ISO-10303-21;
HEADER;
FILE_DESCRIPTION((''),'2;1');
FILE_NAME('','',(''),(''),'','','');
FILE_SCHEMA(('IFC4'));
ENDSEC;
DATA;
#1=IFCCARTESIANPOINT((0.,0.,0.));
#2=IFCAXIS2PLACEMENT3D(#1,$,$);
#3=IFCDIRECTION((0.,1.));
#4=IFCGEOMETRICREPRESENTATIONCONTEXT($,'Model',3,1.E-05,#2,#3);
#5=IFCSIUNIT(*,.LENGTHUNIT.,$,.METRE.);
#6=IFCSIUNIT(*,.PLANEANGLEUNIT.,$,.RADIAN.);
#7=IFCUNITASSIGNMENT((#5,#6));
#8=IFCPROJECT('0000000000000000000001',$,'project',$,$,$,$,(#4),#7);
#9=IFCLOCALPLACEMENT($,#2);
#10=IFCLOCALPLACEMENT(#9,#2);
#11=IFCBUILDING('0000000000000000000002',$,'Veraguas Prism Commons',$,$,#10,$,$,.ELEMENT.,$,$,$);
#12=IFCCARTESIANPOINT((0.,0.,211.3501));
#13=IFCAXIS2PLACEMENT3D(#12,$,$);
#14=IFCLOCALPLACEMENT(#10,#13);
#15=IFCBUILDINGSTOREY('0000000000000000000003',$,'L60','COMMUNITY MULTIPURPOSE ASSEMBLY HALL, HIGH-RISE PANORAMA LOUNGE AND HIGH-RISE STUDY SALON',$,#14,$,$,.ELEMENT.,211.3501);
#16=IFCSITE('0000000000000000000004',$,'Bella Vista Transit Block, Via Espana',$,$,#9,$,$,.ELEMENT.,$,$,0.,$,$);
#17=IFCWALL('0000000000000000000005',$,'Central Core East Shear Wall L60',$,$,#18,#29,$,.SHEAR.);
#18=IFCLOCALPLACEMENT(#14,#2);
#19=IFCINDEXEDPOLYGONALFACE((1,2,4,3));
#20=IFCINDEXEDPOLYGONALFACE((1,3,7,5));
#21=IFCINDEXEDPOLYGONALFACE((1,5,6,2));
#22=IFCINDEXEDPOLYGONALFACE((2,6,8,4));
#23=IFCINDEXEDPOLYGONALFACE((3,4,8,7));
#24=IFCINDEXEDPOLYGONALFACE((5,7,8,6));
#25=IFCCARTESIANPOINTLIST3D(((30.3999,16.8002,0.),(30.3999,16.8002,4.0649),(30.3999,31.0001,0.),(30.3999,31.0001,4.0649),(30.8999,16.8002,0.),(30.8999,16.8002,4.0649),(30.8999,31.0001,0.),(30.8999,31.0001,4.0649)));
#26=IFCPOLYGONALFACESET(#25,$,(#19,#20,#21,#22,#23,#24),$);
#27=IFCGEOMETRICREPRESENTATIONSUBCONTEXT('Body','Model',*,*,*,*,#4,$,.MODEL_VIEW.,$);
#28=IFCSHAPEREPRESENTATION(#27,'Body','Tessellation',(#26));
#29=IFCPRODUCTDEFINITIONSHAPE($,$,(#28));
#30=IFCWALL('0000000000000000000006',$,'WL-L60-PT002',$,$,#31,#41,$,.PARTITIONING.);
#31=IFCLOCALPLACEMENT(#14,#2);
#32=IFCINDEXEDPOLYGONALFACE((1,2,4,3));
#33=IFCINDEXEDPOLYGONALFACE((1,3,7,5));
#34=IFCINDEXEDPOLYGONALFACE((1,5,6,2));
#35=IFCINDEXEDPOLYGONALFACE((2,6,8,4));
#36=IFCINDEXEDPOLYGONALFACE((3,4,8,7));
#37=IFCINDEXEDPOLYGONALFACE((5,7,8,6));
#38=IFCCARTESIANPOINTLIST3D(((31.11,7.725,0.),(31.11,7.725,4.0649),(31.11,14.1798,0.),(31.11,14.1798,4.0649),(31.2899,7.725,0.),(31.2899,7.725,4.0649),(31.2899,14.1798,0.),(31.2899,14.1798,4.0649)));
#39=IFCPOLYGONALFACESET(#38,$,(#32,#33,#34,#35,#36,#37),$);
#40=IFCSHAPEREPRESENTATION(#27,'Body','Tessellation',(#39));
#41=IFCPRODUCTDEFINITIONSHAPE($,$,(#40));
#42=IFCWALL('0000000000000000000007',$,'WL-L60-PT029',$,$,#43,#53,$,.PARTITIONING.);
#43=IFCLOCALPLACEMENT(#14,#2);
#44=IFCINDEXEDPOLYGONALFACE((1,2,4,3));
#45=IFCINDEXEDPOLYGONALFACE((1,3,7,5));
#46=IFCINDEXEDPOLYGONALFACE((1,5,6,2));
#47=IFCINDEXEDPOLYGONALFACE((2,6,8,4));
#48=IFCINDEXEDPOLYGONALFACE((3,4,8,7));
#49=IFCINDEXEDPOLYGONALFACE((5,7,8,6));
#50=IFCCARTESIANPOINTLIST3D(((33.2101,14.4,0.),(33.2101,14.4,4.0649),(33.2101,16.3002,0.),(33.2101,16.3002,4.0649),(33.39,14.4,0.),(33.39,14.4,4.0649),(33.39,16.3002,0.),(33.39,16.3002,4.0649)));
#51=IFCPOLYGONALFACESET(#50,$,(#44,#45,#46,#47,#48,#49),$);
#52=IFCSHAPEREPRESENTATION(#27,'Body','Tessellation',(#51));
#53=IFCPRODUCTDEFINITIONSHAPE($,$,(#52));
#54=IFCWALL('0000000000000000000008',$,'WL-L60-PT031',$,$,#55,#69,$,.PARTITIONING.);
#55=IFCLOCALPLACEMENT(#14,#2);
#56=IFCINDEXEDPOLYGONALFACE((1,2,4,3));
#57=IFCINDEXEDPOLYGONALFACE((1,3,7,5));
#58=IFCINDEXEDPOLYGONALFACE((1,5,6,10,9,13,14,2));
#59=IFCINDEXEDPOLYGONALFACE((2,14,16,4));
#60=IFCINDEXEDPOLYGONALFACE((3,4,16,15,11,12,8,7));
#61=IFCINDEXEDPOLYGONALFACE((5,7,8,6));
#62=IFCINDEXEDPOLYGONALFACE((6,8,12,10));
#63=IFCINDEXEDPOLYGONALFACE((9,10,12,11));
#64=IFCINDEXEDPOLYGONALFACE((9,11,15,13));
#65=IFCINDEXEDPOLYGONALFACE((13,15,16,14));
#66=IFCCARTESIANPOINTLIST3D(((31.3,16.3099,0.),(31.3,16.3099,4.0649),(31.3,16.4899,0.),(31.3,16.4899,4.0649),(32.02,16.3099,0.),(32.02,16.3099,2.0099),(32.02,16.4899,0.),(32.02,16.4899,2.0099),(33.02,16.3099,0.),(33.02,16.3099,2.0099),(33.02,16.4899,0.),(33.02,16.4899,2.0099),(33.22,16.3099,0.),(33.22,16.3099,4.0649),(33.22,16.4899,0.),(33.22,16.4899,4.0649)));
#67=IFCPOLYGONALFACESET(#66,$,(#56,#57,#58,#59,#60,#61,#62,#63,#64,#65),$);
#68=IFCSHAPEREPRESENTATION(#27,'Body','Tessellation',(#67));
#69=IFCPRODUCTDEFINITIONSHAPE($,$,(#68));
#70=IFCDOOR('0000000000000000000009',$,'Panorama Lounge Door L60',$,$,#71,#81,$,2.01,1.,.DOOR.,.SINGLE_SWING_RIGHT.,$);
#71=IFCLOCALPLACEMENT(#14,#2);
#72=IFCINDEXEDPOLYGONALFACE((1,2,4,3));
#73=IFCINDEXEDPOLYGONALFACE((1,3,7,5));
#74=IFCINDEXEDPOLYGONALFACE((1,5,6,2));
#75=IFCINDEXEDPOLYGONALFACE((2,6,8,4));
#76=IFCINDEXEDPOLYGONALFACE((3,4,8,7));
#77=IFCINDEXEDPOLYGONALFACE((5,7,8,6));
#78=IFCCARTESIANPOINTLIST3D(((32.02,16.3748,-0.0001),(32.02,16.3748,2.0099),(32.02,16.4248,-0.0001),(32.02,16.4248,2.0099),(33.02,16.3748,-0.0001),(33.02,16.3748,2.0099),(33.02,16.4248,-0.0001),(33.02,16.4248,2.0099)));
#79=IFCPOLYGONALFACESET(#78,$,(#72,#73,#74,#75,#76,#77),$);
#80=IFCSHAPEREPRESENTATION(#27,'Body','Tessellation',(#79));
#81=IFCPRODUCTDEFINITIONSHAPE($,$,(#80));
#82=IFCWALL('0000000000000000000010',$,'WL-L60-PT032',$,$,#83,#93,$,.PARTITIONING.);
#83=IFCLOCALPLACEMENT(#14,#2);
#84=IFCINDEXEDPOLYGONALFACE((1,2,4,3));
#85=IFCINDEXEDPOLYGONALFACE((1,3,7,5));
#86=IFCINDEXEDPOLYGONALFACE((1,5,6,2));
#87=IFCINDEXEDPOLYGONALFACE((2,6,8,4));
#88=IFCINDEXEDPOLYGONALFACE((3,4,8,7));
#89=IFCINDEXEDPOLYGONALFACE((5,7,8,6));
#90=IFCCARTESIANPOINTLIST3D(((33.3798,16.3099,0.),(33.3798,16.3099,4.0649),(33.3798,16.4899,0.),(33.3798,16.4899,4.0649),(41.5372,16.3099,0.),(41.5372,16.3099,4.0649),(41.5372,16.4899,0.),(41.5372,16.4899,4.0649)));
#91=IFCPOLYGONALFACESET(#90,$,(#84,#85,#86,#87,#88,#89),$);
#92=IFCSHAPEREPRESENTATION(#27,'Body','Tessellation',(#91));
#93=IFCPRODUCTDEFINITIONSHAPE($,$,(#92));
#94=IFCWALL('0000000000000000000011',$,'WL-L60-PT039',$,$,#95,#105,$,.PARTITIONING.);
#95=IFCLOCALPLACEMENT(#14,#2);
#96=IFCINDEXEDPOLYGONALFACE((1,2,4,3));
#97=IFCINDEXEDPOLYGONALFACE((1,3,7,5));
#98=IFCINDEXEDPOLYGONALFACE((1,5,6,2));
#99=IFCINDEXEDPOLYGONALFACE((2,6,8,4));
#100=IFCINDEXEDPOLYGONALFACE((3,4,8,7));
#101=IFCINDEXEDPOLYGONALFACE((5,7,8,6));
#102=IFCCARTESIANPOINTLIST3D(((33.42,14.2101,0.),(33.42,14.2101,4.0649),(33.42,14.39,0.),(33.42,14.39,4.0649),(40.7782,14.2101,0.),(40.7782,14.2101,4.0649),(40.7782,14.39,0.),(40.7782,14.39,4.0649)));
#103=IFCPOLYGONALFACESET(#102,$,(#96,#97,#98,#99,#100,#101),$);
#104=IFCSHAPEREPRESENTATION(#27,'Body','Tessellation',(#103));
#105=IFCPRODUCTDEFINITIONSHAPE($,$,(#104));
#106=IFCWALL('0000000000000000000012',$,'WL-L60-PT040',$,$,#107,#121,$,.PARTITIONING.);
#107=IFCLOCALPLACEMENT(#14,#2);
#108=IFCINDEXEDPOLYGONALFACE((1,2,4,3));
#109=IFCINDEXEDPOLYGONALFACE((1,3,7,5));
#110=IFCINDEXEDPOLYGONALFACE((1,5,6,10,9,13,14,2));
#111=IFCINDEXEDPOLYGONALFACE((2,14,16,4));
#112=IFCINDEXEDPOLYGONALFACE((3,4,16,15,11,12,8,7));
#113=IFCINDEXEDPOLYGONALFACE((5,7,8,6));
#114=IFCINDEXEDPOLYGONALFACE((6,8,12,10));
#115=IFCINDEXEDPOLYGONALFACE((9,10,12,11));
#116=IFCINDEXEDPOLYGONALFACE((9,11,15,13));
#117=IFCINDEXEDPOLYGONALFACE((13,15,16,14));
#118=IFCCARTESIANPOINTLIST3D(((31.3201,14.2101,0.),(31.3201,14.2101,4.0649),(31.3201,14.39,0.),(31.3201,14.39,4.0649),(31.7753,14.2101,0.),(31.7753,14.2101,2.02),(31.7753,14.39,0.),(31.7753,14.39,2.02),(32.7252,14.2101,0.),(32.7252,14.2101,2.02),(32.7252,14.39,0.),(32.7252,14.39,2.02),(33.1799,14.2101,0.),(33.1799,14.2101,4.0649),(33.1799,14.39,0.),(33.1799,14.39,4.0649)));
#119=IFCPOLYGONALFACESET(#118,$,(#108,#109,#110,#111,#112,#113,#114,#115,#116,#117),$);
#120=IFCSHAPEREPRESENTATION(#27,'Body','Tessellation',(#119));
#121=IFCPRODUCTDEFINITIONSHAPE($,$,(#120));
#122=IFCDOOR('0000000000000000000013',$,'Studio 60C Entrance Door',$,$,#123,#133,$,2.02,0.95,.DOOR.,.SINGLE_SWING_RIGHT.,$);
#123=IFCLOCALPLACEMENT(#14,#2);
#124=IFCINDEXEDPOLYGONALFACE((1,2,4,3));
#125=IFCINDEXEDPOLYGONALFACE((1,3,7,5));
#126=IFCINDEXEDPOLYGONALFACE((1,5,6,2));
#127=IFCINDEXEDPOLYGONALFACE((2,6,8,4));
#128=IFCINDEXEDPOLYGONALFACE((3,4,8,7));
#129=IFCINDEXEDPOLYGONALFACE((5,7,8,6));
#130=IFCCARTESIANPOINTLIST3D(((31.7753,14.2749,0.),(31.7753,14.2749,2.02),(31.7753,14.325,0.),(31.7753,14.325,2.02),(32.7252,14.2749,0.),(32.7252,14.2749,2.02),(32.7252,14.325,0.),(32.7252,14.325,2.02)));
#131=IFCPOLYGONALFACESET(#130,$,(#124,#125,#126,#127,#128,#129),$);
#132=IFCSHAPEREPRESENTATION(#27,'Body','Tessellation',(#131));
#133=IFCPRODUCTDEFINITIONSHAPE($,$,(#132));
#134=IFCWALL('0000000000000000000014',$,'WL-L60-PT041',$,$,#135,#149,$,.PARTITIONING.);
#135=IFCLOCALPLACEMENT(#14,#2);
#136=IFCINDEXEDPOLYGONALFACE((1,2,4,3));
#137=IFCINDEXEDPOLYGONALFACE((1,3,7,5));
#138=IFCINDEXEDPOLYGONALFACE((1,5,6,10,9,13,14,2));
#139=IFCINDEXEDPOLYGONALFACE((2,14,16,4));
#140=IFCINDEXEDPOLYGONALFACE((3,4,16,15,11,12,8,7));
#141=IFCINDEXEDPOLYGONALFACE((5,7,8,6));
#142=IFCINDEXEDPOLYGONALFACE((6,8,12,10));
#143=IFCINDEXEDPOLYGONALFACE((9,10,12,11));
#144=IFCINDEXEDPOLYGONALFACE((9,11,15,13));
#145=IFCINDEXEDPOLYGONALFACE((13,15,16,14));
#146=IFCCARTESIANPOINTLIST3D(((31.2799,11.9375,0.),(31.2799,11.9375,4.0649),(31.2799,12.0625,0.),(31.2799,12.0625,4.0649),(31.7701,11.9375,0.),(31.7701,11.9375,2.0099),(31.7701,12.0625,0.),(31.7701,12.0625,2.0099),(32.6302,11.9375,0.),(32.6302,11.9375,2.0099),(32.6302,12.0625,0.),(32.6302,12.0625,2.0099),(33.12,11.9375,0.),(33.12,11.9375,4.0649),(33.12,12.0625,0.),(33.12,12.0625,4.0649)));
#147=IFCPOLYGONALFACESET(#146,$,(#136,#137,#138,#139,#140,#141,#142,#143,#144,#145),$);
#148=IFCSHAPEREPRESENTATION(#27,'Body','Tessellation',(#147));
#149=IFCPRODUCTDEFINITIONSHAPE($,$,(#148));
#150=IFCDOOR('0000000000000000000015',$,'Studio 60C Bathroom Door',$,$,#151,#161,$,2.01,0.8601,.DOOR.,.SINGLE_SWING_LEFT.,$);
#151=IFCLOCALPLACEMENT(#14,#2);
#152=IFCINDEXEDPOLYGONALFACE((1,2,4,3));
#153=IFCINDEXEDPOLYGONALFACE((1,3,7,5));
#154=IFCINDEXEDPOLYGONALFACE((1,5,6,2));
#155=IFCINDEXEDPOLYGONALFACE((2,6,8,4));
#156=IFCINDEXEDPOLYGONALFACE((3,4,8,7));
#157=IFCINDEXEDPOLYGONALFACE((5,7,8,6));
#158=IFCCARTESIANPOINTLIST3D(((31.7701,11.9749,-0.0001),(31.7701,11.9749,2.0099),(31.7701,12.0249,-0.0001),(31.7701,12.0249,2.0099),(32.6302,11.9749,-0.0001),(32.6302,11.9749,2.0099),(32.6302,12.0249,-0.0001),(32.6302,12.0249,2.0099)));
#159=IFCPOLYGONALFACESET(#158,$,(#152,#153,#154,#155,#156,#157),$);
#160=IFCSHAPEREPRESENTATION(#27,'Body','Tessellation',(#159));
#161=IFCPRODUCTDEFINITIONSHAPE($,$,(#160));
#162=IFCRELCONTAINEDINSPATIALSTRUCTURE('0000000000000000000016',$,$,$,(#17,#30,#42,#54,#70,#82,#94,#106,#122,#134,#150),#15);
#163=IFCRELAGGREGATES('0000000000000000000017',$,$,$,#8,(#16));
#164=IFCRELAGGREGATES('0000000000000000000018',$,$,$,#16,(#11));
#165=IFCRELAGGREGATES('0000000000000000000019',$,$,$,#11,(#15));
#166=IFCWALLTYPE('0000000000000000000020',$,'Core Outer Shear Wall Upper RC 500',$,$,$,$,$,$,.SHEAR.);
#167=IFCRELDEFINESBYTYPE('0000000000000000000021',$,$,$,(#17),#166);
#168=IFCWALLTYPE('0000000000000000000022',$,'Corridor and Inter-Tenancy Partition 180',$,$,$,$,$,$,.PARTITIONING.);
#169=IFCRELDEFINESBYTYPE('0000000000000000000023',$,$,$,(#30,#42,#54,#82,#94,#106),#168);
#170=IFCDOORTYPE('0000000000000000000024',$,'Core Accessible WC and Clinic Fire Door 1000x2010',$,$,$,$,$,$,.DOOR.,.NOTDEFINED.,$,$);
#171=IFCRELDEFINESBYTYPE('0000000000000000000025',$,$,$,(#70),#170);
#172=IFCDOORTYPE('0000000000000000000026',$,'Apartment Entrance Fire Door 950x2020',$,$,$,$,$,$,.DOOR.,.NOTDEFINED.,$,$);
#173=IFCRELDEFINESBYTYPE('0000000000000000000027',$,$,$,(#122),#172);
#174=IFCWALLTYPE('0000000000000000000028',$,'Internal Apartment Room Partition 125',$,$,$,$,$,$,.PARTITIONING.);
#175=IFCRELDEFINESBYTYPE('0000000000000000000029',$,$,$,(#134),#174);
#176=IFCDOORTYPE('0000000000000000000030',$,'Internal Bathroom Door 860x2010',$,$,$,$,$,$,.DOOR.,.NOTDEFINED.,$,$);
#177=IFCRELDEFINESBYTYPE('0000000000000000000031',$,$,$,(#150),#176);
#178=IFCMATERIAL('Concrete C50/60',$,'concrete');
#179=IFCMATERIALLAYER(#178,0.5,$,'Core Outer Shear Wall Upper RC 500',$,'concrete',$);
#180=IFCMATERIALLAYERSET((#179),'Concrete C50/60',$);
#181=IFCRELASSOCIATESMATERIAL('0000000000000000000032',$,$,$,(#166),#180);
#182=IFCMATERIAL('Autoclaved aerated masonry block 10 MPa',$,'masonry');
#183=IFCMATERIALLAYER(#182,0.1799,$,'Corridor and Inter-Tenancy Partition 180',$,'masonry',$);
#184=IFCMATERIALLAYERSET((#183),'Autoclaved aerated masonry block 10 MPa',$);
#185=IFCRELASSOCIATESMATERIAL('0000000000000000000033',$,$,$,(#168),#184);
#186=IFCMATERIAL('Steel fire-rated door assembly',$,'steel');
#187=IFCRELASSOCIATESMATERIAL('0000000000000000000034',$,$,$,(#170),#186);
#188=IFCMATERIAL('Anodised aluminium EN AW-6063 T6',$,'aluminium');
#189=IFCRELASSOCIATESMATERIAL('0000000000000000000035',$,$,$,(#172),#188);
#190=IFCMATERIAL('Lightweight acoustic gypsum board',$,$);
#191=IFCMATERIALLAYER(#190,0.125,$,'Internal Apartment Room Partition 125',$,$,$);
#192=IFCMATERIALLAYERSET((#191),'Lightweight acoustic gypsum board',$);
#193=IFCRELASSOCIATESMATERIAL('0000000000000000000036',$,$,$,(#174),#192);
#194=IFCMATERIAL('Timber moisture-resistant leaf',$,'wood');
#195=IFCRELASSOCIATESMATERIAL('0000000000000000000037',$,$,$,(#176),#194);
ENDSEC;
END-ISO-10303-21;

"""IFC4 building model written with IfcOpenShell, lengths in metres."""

from ifc_helpers import new_model, si_unit, direction, frame, frame_2d, origin, place, context, subcontext, project, spatial, rectangle, extrude, source, transform, mapped, material, layer, layer_set, type_object, element, fill, save


model = new_model("IFC4")

# Units and contexts
model_context = context("Model", 3, precision=1e-05, world=origin(), true_north=direction((0.0, 1.0)))
body_context = subcontext(model_context, "Body", "Model", "MODEL_VIEW")
ifc_project = project(units=[si_unit("LENGTHUNIT", "METRE"), si_unit("PLANEANGLEUNIT", "RADIAN")], contexts=[model_context])

# Site, building, storey
site_placement = place(None, origin())
site = spatial("IfcSite", under=ifc_project, at=site_placement, Name="Bella Vista Transit Block, Via Espana", CompositionType="ELEMENT", RefElevation=0.0)
building_placement = place(site_placement, origin())
building = spatial("IfcBuilding", under=site, at=building_placement, Name="Veraguas Prism Commons", CompositionType="ELEMENT")
storey_placement = place(building_placement, frame((0.0, 0.0, 211.3501)))
storey = spatial("IfcBuildingStorey", under=building, at=storey_placement, Name="L60", Description="COMMUNITY MULTIPURPOSE ASSEMBLY HALL, HIGH-RISE PANORAMA LOUNGE AND HIGH-RISE STUDY SALON", CompositionType="ELEMENT", Elevation=211.3501)

# Shared definitions
ifc_material_1 = material(Name="Concrete C50/60", Category="concrete")

# Shared definitions
ifc_material_2 = material(Name="Anodised aluminium EN AW-6063 T6", Category="aluminium")

# Walls
ifc_layer_1 = layer(ifc_material_1, 0.5, Name="Core Outer Shear Wall Upper RC 500", Category="concrete")
ifc_layer_set_1 = layer_set([ifc_layer_1], Name="Concrete C50/60")
wall_type_1 = type_object("IfcWallType", Name="Core Outer Shear Wall Upper RC 500", PredefinedType="SHEAR", material=ifc_layer_set_1)
wall_1_placement = place(storey_placement, frame((30.6499, 16.8, 0.0), z_axis=(0.0, 0.0, 1.0), x_axis=(0.0, 1.0, 0.0)))
element("IfcWall", 1, at=wall_1_placement, inside=storey, type_object=wall_type_1, Name="Central Core East Shear Wall L60", PredefinedType="SHEAR", context=body_context, shape_type="SweptSolid", body=[
    extrude(rectangle(XDim=14.2, YDim=0.5, at=frame_2d((7.1001, 0.0))), origin(), (0.0, 0.0, 1.0), 4.0649),
])
ifc_material_3 = material(Name="Autoclaved aerated masonry block 10 MPa", Category="masonry")
ifc_layer_2 = layer(ifc_material_3, 0.1799, Name="Corridor and Inter-Tenancy Partition 180", Category="masonry")
ifc_layer_set_2 = layer_set([ifc_layer_2], Name="Autoclaved aerated masonry block 10 MPa")
wall_type_2 = type_object("IfcWallType", Name="Corridor and Inter-Tenancy Partition 180", PredefinedType="PARTITIONING", material=ifc_layer_set_2)
wall_2_placement = place(storey_placement, frame((31.2, 14.1799, 0.0), z_axis=(0.0, 0.0, 1.0), x_axis=(0.0, -1.0, 0.0)))
element("IfcWall", 2, at=wall_2_placement, inside=storey, type_object=wall_type_2, Name="WL-L60-PT002", PredefinedType="PARTITIONING", context=body_context, shape_type="SweptSolid", body=[
    extrude(rectangle(XDim=6.4548, YDim=0.1799, at=frame_2d((3.2275, 0.0))), origin(), (0.0, 0.0, 1.0), 4.0649),
])
wall_3_placement = place(storey_placement, frame((33.3, 14.3999, 0.0), z_axis=(0.0, 0.0, 1.0), x_axis=(0.0, 1.0, 0.0)))
element("IfcWall", 3, at=wall_3_placement, inside=storey, type_object=wall_type_2, Name="WL-L60-PT029", PredefinedType="PARTITIONING", context=body_context, shape_type="SweptSolid", body=[
    extrude(rectangle(XDim=1.9001, YDim=0.1799, at=frame_2d((0.9502, 0.0))), origin(), (0.0, 0.0, 1.0), 4.0649),
])

# Wall, opening, door
wall_4_placement = place(storey_placement, frame((31.3, 16.3999, 0.0), z_axis=(0.0, 0.0, 1.0), x_axis=(1.0, 0.0, 0.0)))
wall_4 = element("IfcWall", 4, at=wall_4_placement, inside=storey, type_object=wall_type_2, Name="WL-L60-PT031", PredefinedType="PARTITIONING", context=body_context, shape_type="SweptSolid", body=[
    extrude(rectangle(XDim=1.9199, YDim=0.1799, at=frame_2d((0.96, 0.0))), origin(), (0.0, 0.0, 1.0), 4.0649),
])
opening_1_placement = place(wall_4_placement, frame((0.72, 0.0, 0.0)))
opening_1 = element("IfcOpeningElement", 5, at=opening_1_placement, cuts=wall_4, PredefinedType="OPENING", context=body_context, shape_type="SweptSolid", body=[
    extrude(rectangle(XDim=1.0, YDim=2.01, at=frame_2d((0.5, 1.0049))), frame((0.0, 0.0999, 0.0), z_axis=(0.0, -1.0, 0.0), x_axis=(1.0, 0.0, 0.0)), (0.0, 0.0, 1.0), 0.2),
])
ifc_material_4 = material(Name="Steel fire-rated door assembly", Category="steel")
door_type_1 = type_object("IfcDoorType", Name="Core Accessible WC and Clinic Fire Door 1000x2010", OperationType="NOTDEFINED", PredefinedType="DOOR", material=ifc_material_4)
shared_shape_1 = source(origin(), body_context, "Body", "SweptSolid", [
    extrude(rectangle(XDim=1.0, YDim=2.01, at=frame_2d((0.5, 1.0049))), frame((0.0, 0.0249, 0.0), z_axis=(0.0, -1.0, 0.0), x_axis=(1.0, 0.0, 0.0)), (0.0, 0.0, 1.0), 0.05),
])
door_1_placement = place(opening_1_placement, origin())
door_1 = element("IfcDoor", 6, at=door_1_placement, inside=storey, type_object=door_type_1, Name="Panorama Lounge Door L60", OperationType="SINGLE_SWING_RIGHT", OverallHeight=2.01, OverallWidth=1.0, PredefinedType="DOOR", context=body_context, shape_type="MappedRepresentation", body=[
    mapped(shared_shape_1, transform((0.0, 0.0, 0.0), scale=1.0)),
])
fill(opening_1, door_1)

# Walls
wall_5_placement = place(storey_placement, frame((33.3799, 16.3999, 0.0), z_axis=(0.0, 0.0, 1.0), x_axis=(1.0, 0.0, 0.0)))
element("IfcWall", 7, at=wall_5_placement, inside=storey, type_object=wall_type_2, Name="WL-L60-PT032", PredefinedType="PARTITIONING", context=body_context, shape_type="SweptSolid", body=[
    extrude(rectangle(XDim=8.1575, YDim=0.1799, at=frame_2d((4.0786, 0.0))), origin(), (0.0, 0.0, 1.0), 4.0649),
])
wall_6_placement = place(storey_placement, frame((33.4199, 14.3, 0.0), z_axis=(0.0, 0.0, 1.0), x_axis=(1.0, 0.0, 0.0)))
element("IfcWall", 8, at=wall_6_placement, inside=storey, type_object=wall_type_2, Name="WL-L60-PT039", PredefinedType="PARTITIONING", context=body_context, shape_type="SweptSolid", body=[
    extrude(rectangle(XDim=7.3582, YDim=0.1799, at=frame_2d((3.6792, 0.0))), origin(), (0.0, 0.0, 1.0), 4.0649),
])

# Walls, openings, doors
wall_7_placement = place(storey_placement, frame((31.3201, 14.3, 0.0), z_axis=(0.0, 0.0, 1.0), x_axis=(1.0, 0.0, 0.0)))
wall_7 = element("IfcWall", 9, at=wall_7_placement, inside=storey, type_object=wall_type_2, Name="WL-L60-PT040", PredefinedType="PARTITIONING", context=body_context, shape_type="SweptSolid", body=[
    extrude(rectangle(XDim=1.8599, YDim=0.1799, at=frame_2d((0.9299, 0.0))), origin(), (0.0, 0.0, 1.0), 4.0649),
])
opening_2_placement = place(wall_7_placement, frame((0.4551, 0.0, 0.0)))
opening_2 = element("IfcOpeningElement", 10, at=opening_2_placement, cuts=wall_7, PredefinedType="OPENING", context=body_context, shape_type="SweptSolid", body=[
    extrude(rectangle(XDim=0.95, YDim=2.02, at=frame_2d((0.4751, 1.01))), frame((0.0, 0.0999, 0.0), z_axis=(0.0, -1.0, 0.0), x_axis=(1.0, 0.0, 0.0)), (0.0, 0.0, 1.0), 0.2),
])
door_type_2 = type_object("IfcDoorType", Name="Apartment Entrance Fire Door 950x2020", OperationType="NOTDEFINED", PredefinedType="DOOR", material=ifc_material_2)
shared_shape_2 = source(origin(), body_context, "Body", "SweptSolid", [
    extrude(rectangle(XDim=0.95, YDim=2.02, at=frame_2d((0.4751, 1.01))), frame((0.0, 0.0249, 0.0), z_axis=(0.0, -1.0, 0.0), x_axis=(1.0, 0.0, 0.0)), (0.0, 0.0, 1.0), 0.05),
])
door_2_placement = place(opening_2_placement, origin())
door_2 = element("IfcDoor", 11, at=door_2_placement, inside=storey, type_object=door_type_2, Name="Studio 60C Entrance Door", OperationType="SINGLE_SWING_RIGHT", OverallHeight=2.02, OverallWidth=0.95, PredefinedType="DOOR", context=body_context, shape_type="MappedRepresentation", body=[
    mapped(shared_shape_2, transform((0.0, 0.0, 0.0), scale=1.0)),
])
fill(opening_2, door_2)
ifc_material_5 = material(Name="Lightweight acoustic gypsum board")
ifc_layer_3 = layer(ifc_material_5, 0.125, Name="Internal Apartment Room Partition 125")
ifc_layer_set_3 = layer_set([ifc_layer_3], Name="Lightweight acoustic gypsum board")
wall_type_3 = type_object("IfcWallType", Name="Internal Apartment Room Partition 125", PredefinedType="PARTITIONING", material=ifc_layer_set_3)
wall_8_placement = place(storey_placement, frame((31.28, 12.0, 0.0), z_axis=(0.0, 0.0, 1.0), x_axis=(1.0, 0.0, 0.0)))
wall_8 = element("IfcWall", 12, at=wall_8_placement, inside=storey, type_object=wall_type_3, Name="WL-L60-PT041", PredefinedType="PARTITIONING", context=body_context, shape_type="SweptSolid", body=[
    extrude(rectangle(XDim=1.8401, YDim=0.125, at=frame_2d((0.9199, 0.0))), origin(), (0.0, 0.0, 1.0), 4.0649),
])
opening_3_placement = place(wall_8_placement, frame((0.49, 0.0, 0.0)))
opening_3 = element("IfcOpeningElement", 13, at=opening_3_placement, cuts=wall_8, PredefinedType="OPENING", context=body_context, shape_type="SweptSolid", body=[
    extrude(rectangle(XDim=0.8601, YDim=2.01, at=frame_2d((0.4302, 1.0049))), frame((0.0, 0.0725, 0.0), z_axis=(0.0, -1.0, 0.0), x_axis=(1.0, 0.0, 0.0)), (0.0, 0.0, 1.0), 0.145),
])
ifc_material_6 = material(Name="Timber moisture-resistant leaf", Category="wood")
door_type_3 = type_object("IfcDoorType", Name="Internal Bathroom Door 860x2010", OperationType="NOTDEFINED", PredefinedType="DOOR", material=ifc_material_6)
shared_shape_3 = source(origin(), body_context, "Body", "SweptSolid", [
    extrude(rectangle(XDim=0.8601, YDim=2.01, at=frame_2d((0.4302, 1.0049))), frame((0.0, 0.0249, 0.0), z_axis=(0.0, -1.0, 0.0), x_axis=(1.0, 0.0, 0.0)), (0.0, 0.0, 1.0), 0.05),
])
door_3_placement = place(opening_3_placement, origin())
door_3 = element("IfcDoor", 14, at=door_3_placement, inside=storey, type_object=door_type_3, Name="Studio 60C Bathroom Door", OperationType="SINGLE_SWING_LEFT", OverallHeight=2.01, OverallWidth=0.8601, PredefinedType="DOOR", context=body_context, shape_type="MappedRepresentation", body=[
    mapped(shared_shape_3, transform((0.0, 0.0, 0.0), scale=1.0)),
])
fill(opening_3, door_3)

save(model, "model.ifc")
